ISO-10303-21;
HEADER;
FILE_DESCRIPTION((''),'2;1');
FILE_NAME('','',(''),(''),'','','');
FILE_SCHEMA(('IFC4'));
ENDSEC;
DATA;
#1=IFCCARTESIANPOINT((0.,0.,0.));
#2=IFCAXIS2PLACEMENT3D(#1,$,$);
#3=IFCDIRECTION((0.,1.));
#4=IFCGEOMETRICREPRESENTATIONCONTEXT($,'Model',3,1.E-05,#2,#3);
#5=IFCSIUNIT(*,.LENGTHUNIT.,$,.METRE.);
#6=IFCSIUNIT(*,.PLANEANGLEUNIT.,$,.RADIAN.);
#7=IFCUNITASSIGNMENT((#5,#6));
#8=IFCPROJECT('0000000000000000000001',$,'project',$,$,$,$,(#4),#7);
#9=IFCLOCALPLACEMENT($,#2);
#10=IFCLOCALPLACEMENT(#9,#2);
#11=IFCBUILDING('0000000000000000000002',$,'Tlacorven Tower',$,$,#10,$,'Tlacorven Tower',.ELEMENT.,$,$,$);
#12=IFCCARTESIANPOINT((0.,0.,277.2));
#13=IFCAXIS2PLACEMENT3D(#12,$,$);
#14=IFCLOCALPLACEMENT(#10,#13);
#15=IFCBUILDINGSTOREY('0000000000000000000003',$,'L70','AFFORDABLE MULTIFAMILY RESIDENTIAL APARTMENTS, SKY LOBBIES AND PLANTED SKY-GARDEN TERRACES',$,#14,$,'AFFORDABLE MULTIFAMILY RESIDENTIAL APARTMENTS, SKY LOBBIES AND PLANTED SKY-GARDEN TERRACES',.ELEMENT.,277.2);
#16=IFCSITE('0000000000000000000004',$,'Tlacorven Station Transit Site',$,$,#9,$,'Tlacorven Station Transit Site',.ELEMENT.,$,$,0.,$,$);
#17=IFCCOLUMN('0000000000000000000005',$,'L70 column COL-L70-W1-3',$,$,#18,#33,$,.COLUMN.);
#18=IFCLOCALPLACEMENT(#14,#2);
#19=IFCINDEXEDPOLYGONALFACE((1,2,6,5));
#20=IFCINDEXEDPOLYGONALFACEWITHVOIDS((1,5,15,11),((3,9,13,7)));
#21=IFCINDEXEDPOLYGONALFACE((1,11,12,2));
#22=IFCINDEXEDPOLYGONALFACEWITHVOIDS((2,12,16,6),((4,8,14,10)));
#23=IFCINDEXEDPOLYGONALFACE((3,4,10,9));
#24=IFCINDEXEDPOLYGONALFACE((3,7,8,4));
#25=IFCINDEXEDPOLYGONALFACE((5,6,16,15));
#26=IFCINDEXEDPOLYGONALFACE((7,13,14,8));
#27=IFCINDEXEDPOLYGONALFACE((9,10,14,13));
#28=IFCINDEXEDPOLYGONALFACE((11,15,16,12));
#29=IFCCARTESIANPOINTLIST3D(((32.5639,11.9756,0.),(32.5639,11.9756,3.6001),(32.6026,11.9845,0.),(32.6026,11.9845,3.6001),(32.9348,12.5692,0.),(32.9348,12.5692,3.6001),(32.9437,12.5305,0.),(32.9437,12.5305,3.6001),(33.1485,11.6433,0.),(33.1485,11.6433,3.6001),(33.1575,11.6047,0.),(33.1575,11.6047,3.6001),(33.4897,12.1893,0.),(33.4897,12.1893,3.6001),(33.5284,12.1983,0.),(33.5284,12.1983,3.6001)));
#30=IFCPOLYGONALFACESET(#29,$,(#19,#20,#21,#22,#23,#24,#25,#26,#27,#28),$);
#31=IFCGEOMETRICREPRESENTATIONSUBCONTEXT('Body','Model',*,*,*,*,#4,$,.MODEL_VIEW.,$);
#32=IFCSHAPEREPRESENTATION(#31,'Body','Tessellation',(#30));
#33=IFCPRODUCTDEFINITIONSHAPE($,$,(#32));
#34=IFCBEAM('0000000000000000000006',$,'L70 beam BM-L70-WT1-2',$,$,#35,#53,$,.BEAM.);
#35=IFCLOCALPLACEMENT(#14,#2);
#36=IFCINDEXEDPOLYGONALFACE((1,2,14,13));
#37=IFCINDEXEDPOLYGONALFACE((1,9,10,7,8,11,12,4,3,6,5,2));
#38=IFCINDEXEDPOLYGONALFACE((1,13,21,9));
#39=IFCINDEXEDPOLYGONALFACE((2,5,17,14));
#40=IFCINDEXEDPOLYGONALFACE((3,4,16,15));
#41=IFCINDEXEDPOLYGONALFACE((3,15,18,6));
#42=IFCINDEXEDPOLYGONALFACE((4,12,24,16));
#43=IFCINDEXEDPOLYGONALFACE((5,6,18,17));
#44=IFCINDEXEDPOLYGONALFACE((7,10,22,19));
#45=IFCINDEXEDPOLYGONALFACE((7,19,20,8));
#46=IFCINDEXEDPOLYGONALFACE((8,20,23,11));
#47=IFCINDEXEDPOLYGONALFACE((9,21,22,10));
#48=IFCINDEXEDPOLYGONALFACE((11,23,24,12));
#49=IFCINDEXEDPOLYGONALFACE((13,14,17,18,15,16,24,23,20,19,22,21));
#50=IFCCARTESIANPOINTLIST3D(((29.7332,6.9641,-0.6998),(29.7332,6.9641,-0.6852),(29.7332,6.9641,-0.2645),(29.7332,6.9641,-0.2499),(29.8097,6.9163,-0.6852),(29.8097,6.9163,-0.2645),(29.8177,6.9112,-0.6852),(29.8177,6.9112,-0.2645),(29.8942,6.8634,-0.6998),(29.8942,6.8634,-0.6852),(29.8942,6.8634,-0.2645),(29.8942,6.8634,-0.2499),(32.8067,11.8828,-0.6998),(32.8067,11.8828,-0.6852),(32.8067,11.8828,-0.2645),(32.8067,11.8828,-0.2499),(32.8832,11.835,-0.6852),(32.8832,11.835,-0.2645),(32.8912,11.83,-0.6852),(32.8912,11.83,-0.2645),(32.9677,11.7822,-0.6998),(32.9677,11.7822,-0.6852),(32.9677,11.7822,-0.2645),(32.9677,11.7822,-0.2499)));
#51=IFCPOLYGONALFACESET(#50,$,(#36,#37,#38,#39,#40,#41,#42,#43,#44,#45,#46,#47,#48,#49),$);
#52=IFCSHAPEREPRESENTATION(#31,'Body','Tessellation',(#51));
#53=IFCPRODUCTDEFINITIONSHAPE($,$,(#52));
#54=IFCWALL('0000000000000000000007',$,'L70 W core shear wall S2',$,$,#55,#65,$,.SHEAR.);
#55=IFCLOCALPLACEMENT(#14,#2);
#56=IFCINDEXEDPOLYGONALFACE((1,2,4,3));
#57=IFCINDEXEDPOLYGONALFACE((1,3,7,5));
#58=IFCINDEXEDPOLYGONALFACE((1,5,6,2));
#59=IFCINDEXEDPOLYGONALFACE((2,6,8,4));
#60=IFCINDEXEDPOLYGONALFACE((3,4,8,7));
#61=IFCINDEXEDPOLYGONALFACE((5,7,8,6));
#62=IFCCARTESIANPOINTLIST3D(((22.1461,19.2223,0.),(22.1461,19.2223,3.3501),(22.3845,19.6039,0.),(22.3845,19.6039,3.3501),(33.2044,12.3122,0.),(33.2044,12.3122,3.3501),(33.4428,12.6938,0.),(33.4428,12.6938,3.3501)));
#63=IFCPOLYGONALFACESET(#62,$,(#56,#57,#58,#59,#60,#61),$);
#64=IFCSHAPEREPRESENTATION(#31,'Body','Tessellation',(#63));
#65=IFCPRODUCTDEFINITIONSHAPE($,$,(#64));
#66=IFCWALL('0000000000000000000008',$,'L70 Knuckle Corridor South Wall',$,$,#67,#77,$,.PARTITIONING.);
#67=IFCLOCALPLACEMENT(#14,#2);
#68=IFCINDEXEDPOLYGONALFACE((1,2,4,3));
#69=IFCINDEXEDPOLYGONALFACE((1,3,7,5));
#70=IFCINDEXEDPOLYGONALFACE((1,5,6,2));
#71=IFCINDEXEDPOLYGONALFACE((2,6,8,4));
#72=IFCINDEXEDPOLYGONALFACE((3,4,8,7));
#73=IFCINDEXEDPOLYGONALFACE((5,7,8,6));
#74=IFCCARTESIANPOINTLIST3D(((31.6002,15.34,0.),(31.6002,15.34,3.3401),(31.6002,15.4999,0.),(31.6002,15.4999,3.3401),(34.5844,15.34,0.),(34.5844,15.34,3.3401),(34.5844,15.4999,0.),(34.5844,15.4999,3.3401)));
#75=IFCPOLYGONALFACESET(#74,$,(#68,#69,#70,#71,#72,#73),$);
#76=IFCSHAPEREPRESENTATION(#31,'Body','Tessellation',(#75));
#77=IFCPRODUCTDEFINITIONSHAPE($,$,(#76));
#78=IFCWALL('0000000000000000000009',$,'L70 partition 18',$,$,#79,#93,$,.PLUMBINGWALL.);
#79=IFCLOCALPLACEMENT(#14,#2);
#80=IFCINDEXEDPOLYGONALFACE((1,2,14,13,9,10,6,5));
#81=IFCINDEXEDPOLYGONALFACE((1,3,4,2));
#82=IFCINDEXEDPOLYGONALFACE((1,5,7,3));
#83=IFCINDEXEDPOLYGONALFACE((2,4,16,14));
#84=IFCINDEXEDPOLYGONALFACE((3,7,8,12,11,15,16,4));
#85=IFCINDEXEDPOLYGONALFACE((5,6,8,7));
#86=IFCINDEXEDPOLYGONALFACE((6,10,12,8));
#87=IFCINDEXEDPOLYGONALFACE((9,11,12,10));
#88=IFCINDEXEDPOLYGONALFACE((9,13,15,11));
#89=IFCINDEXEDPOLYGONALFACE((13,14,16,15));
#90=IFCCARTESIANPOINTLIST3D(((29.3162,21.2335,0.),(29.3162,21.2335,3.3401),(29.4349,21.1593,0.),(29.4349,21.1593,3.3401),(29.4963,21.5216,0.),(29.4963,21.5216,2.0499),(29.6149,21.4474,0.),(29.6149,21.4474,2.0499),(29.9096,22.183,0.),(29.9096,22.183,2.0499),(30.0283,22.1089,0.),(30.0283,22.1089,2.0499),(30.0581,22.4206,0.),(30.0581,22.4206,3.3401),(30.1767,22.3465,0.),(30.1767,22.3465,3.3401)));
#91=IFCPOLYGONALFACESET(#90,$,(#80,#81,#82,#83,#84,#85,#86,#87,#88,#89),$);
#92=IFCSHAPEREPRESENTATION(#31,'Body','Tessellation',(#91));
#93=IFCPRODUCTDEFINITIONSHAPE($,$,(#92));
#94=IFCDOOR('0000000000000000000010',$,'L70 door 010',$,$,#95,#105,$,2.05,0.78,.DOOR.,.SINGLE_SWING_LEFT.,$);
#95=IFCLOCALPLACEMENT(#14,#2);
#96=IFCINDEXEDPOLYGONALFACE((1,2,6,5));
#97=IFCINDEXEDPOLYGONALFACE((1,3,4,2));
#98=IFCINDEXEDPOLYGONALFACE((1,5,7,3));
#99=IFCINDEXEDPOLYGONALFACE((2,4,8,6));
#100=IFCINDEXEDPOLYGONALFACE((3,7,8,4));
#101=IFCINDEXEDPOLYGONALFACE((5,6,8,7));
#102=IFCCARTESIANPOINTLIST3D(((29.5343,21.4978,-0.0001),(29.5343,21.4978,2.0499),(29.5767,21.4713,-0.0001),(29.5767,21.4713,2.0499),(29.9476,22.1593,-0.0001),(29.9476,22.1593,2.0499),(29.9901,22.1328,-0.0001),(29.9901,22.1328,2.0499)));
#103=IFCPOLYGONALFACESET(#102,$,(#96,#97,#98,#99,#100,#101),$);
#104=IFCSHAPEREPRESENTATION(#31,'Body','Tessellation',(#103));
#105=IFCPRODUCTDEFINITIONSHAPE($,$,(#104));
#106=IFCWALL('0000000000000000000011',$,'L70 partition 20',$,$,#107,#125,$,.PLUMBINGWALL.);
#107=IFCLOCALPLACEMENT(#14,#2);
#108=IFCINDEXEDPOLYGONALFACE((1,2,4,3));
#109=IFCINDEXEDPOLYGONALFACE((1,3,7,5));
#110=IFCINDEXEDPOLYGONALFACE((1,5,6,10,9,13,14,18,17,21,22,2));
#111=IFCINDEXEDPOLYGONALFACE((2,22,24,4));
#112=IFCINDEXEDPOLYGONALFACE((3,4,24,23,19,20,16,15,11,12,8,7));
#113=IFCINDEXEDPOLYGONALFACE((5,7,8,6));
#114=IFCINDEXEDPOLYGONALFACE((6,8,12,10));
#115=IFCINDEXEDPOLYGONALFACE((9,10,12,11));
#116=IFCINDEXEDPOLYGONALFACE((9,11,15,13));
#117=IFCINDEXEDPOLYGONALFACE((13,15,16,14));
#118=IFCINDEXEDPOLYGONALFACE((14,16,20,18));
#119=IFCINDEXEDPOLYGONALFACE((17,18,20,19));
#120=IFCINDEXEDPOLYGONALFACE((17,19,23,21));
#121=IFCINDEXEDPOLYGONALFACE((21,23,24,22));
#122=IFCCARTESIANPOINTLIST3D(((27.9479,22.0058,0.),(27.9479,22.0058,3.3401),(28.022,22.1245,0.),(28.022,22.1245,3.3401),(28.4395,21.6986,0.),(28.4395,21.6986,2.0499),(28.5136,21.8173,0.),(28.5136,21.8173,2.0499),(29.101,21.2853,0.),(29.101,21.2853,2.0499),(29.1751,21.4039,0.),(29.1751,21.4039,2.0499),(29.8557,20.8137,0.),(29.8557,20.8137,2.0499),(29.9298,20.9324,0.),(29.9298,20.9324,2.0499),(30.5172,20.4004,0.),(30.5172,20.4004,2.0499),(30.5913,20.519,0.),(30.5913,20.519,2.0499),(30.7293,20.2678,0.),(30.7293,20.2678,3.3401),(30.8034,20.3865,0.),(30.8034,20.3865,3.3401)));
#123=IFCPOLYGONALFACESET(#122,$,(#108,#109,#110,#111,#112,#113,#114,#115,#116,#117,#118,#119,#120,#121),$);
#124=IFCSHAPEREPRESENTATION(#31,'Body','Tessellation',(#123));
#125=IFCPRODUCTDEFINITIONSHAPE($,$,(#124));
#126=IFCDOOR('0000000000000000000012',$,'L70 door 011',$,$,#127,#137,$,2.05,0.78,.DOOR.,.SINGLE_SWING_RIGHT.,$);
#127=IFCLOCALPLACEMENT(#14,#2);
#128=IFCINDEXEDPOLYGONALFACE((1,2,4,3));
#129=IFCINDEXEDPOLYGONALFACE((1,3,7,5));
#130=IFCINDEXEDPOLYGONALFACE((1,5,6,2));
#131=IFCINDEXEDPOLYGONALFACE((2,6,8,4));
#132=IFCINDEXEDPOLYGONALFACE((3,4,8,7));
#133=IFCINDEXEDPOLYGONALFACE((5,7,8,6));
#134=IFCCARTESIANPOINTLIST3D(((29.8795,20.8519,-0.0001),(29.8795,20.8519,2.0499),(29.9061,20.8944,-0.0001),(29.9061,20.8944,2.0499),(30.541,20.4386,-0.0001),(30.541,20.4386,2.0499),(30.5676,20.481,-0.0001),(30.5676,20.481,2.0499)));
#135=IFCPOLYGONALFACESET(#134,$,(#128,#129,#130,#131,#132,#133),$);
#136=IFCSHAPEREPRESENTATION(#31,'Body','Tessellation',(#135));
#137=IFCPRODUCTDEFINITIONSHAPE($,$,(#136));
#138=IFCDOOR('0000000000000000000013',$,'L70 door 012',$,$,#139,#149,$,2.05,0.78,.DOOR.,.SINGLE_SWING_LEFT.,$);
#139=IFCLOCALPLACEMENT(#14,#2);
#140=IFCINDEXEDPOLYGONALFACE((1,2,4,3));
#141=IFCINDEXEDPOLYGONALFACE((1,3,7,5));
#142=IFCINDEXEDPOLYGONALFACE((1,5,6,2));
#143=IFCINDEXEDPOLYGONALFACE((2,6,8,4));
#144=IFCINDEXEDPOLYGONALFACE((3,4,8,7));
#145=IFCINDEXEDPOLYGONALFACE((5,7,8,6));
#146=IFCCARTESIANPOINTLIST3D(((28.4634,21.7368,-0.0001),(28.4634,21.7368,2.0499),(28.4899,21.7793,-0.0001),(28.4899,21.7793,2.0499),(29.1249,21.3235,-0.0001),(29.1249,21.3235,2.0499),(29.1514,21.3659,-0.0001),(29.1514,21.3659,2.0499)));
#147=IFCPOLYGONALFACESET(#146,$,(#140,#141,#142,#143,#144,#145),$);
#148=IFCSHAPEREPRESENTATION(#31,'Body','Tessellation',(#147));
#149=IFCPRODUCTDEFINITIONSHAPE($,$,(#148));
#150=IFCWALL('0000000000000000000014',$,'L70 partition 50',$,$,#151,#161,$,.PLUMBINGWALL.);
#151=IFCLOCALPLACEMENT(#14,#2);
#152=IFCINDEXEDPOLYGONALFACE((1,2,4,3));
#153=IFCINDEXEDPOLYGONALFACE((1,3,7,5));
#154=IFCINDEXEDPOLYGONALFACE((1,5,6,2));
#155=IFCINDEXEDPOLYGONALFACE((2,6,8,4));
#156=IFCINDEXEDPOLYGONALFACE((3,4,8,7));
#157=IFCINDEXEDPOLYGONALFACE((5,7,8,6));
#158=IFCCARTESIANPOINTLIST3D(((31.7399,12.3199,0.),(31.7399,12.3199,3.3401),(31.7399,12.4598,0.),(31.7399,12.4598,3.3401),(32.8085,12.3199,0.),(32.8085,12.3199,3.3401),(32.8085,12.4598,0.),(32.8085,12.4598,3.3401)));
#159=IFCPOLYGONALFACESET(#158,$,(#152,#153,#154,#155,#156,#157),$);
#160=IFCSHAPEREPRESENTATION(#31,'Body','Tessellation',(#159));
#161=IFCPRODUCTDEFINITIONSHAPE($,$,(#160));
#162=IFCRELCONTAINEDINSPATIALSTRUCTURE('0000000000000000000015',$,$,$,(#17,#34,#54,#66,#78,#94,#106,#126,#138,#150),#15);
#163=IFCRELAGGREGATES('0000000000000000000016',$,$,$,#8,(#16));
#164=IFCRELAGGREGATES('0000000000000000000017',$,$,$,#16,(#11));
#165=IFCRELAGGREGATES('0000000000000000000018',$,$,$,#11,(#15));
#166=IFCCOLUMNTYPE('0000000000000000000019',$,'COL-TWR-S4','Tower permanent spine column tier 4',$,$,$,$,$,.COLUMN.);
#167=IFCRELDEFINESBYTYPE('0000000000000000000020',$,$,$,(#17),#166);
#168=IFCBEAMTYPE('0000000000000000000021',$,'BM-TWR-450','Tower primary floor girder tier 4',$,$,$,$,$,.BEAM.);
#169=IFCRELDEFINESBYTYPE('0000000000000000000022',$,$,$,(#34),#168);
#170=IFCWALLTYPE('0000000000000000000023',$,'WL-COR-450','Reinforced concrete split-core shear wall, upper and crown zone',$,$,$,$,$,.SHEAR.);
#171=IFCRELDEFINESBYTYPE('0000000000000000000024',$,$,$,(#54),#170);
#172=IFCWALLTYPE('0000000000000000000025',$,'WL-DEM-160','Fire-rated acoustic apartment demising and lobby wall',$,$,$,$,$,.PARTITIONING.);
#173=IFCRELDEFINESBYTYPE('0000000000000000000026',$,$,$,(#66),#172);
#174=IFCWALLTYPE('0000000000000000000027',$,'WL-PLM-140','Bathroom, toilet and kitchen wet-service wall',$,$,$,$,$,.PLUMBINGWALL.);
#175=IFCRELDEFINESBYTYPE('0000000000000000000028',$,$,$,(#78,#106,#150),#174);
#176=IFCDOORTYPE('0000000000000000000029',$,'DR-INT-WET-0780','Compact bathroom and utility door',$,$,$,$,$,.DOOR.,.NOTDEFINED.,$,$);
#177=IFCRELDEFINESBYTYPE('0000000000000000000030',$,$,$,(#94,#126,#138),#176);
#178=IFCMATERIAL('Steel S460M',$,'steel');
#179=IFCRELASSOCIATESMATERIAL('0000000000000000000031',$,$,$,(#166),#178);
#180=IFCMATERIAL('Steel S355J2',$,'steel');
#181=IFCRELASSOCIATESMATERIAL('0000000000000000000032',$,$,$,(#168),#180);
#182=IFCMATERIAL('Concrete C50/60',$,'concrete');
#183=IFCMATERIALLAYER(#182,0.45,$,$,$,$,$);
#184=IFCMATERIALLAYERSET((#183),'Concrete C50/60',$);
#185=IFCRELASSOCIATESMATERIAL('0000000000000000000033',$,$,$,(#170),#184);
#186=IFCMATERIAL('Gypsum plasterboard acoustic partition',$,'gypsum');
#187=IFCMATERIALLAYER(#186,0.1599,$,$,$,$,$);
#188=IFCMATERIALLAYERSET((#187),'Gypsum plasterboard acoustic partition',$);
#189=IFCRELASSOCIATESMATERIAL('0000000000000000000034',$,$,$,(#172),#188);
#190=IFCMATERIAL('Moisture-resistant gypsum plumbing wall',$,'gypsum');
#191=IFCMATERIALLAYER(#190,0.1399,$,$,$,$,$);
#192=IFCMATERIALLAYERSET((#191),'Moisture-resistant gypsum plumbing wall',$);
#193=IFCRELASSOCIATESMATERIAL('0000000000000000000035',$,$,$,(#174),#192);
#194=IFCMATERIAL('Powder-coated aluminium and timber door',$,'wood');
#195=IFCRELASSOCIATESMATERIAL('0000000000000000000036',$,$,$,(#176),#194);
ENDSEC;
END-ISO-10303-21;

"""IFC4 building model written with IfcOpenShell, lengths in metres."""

from ifc_helpers import new_model, si_unit, direction, frame, frame_2d, origin, origin_2d, place, context, subcontext, project, spatial, rectangle, hollow_rectangle, i_section, extrude, source, transform, mapped, material, layer, layer_set, material_profile, profile_set, type_object, element, fill, save


model = new_model("IFC4")

# Units and contexts
model_context = context("Model", 3, precision=1e-05, world=origin(), true_north=direction((0.0, 1.0)))
body_context = subcontext(model_context, "Body", "Model", "MODEL_VIEW")
ifc_project = project(units=[si_unit("LENGTHUNIT", "METRE"), si_unit("PLANEANGLEUNIT", "RADIAN")], contexts=[model_context])

# Site, building, storey
site_placement = place(None, origin())
site = spatial("IfcSite", under=ifc_project, at=site_placement, Name="Tlacorven Station Transit Site", LongName="Tlacorven Station Transit Site", CompositionType="ELEMENT", RefElevation=0.0)
building_placement = place(site_placement, origin())
building = spatial("IfcBuilding", under=site, at=building_placement, Name="Tlacorven Tower", LongName="Tlacorven Tower", CompositionType="ELEMENT")
storey_placement = place(building_placement, frame((0.0, 0.0, 277.2)))
storey = spatial("IfcBuildingStorey", under=building, at=storey_placement, Name="L70", Description="AFFORDABLE MULTIFAMILY RESIDENTIAL APARTMENTS, SKY LOBBIES AND PLANTED SKY-GARDEN TERRACES", LongName="AFFORDABLE MULTIFAMILY RESIDENTIAL APARTMENTS, SKY LOBBIES AND PLANTED SKY-GARDEN TERRACES", CompositionType="ELEMENT", Elevation=277.2)

# Column
ifc_material_1 = material(Name="Steel S460M", Category="steel")
ifc_material_profile_1 = material_profile(ifc_material_1, hollow_rectangle(XDim=0.7, YDim=0.7, WallThickness=0.0281, at=origin_2d()), Name="BOX 700X700X28")
ifc_profile_set_1 = profile_set([ifc_material_profile_1], Name="Steel S460M")
column_type = type_object("IfcColumnType", Name="COL-TWR-S4", Description="Tower permanent spine column tier 4", PredefinedType="COLUMN", material=ifc_profile_set_1)
shared_shape_1 = source(origin(), body_context, "Body", "SweptSolid", [
    extrude(hollow_rectangle(XDim=0.7, YDim=0.7, WallThickness=0.0281, at=origin_2d()), origin(), (0.0, 0.0, 1.0), 3.6001),
])
column_placement = place(storey_placement, frame((33.0461, 12.0869, 0.0), z_axis=(0.0, 0.0, 1.0), x_axis=(-0.848048, 0.529919, 0.0)))
element("IfcColumn", 1, at=column_placement, inside=storey, type_object=column_type, Name="L70 column COL-L70-W1-3", PredefinedType="COLUMN", context=body_context, shape_type="MappedRepresentation", body=[
    mapped(shared_shape_1, transform((0.0, 0.0, 0.0), scale=1.0)),
])

# Beam
ifc_material_2 = material(Name="Steel S355J2", Category="steel")
ifc_material_profile_2 = material_profile(ifc_material_2, i_section(OverallWidth=0.1899, OverallDepth=0.45, WebThickness=0.0095, FlangeThickness=0.0146, at=origin_2d()), Name="IPE 450")
ifc_profile_set_2 = profile_set([ifc_material_profile_2], Name="Steel S355J2")
beam_type = type_object("IfcBeamType", Name="BM-TWR-450", Description="Tower primary floor girder tier 4", PredefinedType="BEAM", material=ifc_profile_set_2)
shared_shape_2 = source(origin(), body_context, "Body", "SweptSolid", [
    extrude(i_section(OverallWidth=0.1899, OverallDepth=0.45, WebThickness=0.0095, FlangeThickness=0.0146, at=origin_2d()), origin(), (0.0, 0.0, 1.0), 5.8),
])
beam_placement = place(storey_placement, frame((32.8872, 11.8325, -0.4749), z_axis=(-0.529912, -0.848053, 0.0), x_axis=(0.848053, -0.529912, 0.0)))
element("IfcBeam", 2, at=beam_placement, inside=storey, type_object=beam_type, Name="L70 beam BM-L70-WT1-2", PredefinedType="BEAM", context=body_context, shape_type="MappedRepresentation", body=[
    mapped(shared_shape_2, transform((0.0, 0.0, 0.0), scale=1.0)),
])

# Walls
ifc_material_3 = material(Name="Concrete C50/60", Category="concrete")
ifc_layer_1 = layer(ifc_material_3, 0.45)
ifc_layer_set_1 = layer_set([ifc_layer_1], Name="Concrete C50/60")
wall_type_1 = type_object("IfcWallType", Name="WL-COR-450", Description="Reinforced concrete split-core shear wall, upper and crown zone", PredefinedType="SHEAR", material=ifc_layer_set_1)
wall_1_placement = place(storey_placement, frame((33.3237, 12.5029, 0.0), z_axis=(0.0, 0.0, 1.0), x_axis=(-0.848044, 0.529927, 0.0)))
element("IfcWall", 3, at=wall_1_placement, inside=storey, type_object=wall_type_1, Name="L70 W core shear wall S2", PredefinedType="SHEAR", context=body_context, shape_type="SweptSolid", body=[
    extrude(rectangle(XDim=13.0398, YDim=0.45, at=frame_2d((6.52, 0.0))), origin(), (0.0, 0.0, 1.0), 3.3501),
])
ifc_material_4 = material(Name="Gypsum plasterboard acoustic partition", Category="gypsum")
ifc_layer_2 = layer(ifc_material_4, 0.1599)
ifc_layer_set_2 = layer_set([ifc_layer_2], Name="Gypsum plasterboard acoustic partition")
wall_type_2 = type_object("IfcWallType", Name="WL-DEM-160", Description="Fire-rated acoustic apartment demising and lobby wall", PredefinedType="PARTITIONING", material=ifc_layer_set_2)
wall_2_placement = place(storey_placement, frame((31.6001, 15.4199, 0.0), z_axis=(0.0, 0.0, 1.0), x_axis=(1.0, 0.0, 0.0)))
element("IfcWall", 4, at=wall_2_placement, inside=storey, type_object=wall_type_2, Name="L70 Knuckle Corridor South Wall", PredefinedType="PARTITIONING", context=body_context, shape_type="SweptSolid", body=[
    extrude(rectangle(XDim=2.9841, YDim=0.1599, at=frame_2d((1.4922, 0.0))), origin(), (0.0, 0.0, 1.0), 3.3401),
])

# Wall, opening, door
ifc_material_5 = material(Name="Moisture-resistant gypsum plumbing wall", Category="gypsum")
ifc_layer_3 = layer(ifc_material_5, 0.1399)
ifc_layer_set_3 = layer_set([ifc_layer_3], Name="Moisture-resistant gypsum plumbing wall")
wall_type_3 = type_object("IfcWallType", Name="WL-PLM-140", Description="Bathroom, toilet and kitchen wet-service wall", PredefinedType="PLUMBINGWALL", material=ifc_layer_set_3)
wall_3_placement = place(storey_placement, frame((30.1174, 22.3835, 0.0), z_axis=(0.0, 0.0, 1.0), x_axis=(-0.529952, -0.848028, 0.0)))
wall_3 = element("IfcWall", 5, at=wall_3_placement, inside=storey, type_object=wall_type_3, Name="L70 partition 18", PredefinedType="PLUMBINGWALL", context=body_context, shape_type="SweptSolid", body=[
    extrude(rectangle(XDim=1.3999, YDim=0.1399, at=frame_2d((0.7, 0.0))), origin(), (0.0, 0.0, 1.0), 3.3401),
])
opening_1_placement = place(wall_3_placement, frame((0.28, 0.0, 0.0)))
opening_1 = element("IfcOpeningElement", 6, at=opening_1_placement, cuts=wall_3, PredefinedType="OPENING", context=body_context, shape_type="SweptSolid", body=[
    extrude(rectangle(XDim=0.78, YDim=2.05, at=frame_2d((0.3901, 1.0249))), frame((0.0, 0.0801, 0.0), z_axis=(0.0, -1.0, 0.0), x_axis=(1.0, 0.0, 0.0)), (0.0, 0.0, 1.0), 0.1599),
])
ifc_material_6 = material(Name="Powder-coated aluminium and timber door", Category="wood")
door_type_1 = type_object("IfcDoorType", Name="DR-INT-WET-0780", Description="Compact bathroom and utility door", OperationType="NOTDEFINED", PredefinedType="DOOR", material=ifc_material_6)
shared_shape_3 = source(origin(), body_context, "Body", "SweptSolid", [
    extrude(rectangle(XDim=0.78, YDim=2.05, at=frame_2d((0.3901, 1.0249))), frame((0.0, 0.0249, 0.0), z_axis=(0.0, -1.0, 0.0), x_axis=(1.0, 0.0, 0.0)), (0.0, 0.0, 1.0), 0.05),
])
door_1_placement = place(opening_1_placement, origin())
door_1 = element("IfcDoor", 7, at=door_1_placement, inside=storey, type_object=door_type_1, Name="L70 door 010", OperationType="SINGLE_SWING_LEFT", OverallHeight=2.05, OverallWidth=0.78, PredefinedType="DOOR", context=body_context, shape_type="MappedRepresentation", body=[
    mapped(shared_shape_3, transform((0.0, 0.0, 0.0), scale=1.0)),
])
fill(opening_1, door_1)

# Wall, openings, doors
wall_4_placement = place(storey_placement, frame((30.7664, 20.3271, 0.0), z_axis=(0.0, 0.0, 1.0), x_axis=(-0.848053, 0.529912, 0.0)))
wall_4 = element("IfcWall", 8, at=wall_4_placement, inside=storey, type_object=wall_type_3, Name="L70 partition 20", PredefinedType="PLUMBINGWALL", context=body_context, shape_type="SweptSolid", body=[
    extrude(rectangle(XDim=3.2798, YDim=0.1399, at=frame_2d((1.6399, 0.0))), origin(), (0.0, 0.0, 1.0), 3.3401),
])
opening_2_placement = place(wall_4_placement, frame((0.25, 0.0, 0.0)))
opening_2 = element("IfcOpeningElement", 9, at=opening_2_placement, cuts=wall_4, PredefinedType="OPENING", context=body_context, shape_type="SweptSolid", body=[
    extrude(rectangle(XDim=0.78, YDim=2.05, at=frame_2d((0.3901, 1.0249))), frame((0.0, 0.0801, 0.0), z_axis=(0.0, -1.0, 0.0), x_axis=(1.0, 0.0, 0.0)), (0.0, 0.0, 1.0), 0.1599),
])
opening_3_placement = place(wall_4_placement, frame((1.9199, 0.0, 0.0)))
opening_3 = element("IfcOpeningElement", 10, at=opening_3_placement, cuts=wall_4, PredefinedType="OPENING", context=body_context, shape_type="SweptSolid", body=[
    extrude(rectangle(XDim=0.78, YDim=2.05, at=frame_2d((0.3901, 1.0249))), frame((0.0, 0.0801, 0.0), z_axis=(0.0, -1.0, 0.0), x_axis=(1.0, 0.0, 0.0)), (0.0, 0.0, 1.0), 0.1599),
])
door_2_placement = place(opening_2_placement, origin())
door_2 = element("IfcDoor", 11, at=door_2_placement, inside=storey, type_object=door_type_1, Name="L70 door 011", OperationType="SINGLE_SWING_RIGHT", OverallHeight=2.05, OverallWidth=0.78, PredefinedType="DOOR", context=body_context, shape_type="MappedRepresentation", body=[
    mapped(shared_shape_3, transform((0.0, 0.0, 0.0), scale=1.0)),
])
fill(opening_2, door_2)
door_3_placement = place(opening_3_placement, origin())
door_3 = element("IfcDoor", 12, at=door_3_placement, inside=storey, type_object=door_type_1, Name="L70 door 012", OperationType="SINGLE_SWING_LEFT", OverallHeight=2.05, OverallWidth=0.78, PredefinedType="DOOR", context=body_context, shape_type="MappedRepresentation", body=[
    mapped(shared_shape_3, transform((0.0, 0.0, 0.0), scale=1.0)),
])
fill(opening_3, door_3)

# Wall
wall_5_placement = place(storey_placement, frame((31.74, 12.3899, 0.0), z_axis=(0.0, 0.0, 1.0), x_axis=(1.0, 0.0, 0.0)))
element("IfcWall", 13, at=wall_5_placement, inside=storey, type_object=wall_type_3, Name="L70 partition 50", PredefinedType="PLUMBINGWALL", context=body_context, shape_type="SweptSolid", body=[
    extrude(rectangle(XDim=1.0686, YDim=0.1399, at=frame_2d((0.5342, 0.0))), origin(), (0.0, 0.0, 1.0), 3.3401),
])

save(model, "model.ifc")
